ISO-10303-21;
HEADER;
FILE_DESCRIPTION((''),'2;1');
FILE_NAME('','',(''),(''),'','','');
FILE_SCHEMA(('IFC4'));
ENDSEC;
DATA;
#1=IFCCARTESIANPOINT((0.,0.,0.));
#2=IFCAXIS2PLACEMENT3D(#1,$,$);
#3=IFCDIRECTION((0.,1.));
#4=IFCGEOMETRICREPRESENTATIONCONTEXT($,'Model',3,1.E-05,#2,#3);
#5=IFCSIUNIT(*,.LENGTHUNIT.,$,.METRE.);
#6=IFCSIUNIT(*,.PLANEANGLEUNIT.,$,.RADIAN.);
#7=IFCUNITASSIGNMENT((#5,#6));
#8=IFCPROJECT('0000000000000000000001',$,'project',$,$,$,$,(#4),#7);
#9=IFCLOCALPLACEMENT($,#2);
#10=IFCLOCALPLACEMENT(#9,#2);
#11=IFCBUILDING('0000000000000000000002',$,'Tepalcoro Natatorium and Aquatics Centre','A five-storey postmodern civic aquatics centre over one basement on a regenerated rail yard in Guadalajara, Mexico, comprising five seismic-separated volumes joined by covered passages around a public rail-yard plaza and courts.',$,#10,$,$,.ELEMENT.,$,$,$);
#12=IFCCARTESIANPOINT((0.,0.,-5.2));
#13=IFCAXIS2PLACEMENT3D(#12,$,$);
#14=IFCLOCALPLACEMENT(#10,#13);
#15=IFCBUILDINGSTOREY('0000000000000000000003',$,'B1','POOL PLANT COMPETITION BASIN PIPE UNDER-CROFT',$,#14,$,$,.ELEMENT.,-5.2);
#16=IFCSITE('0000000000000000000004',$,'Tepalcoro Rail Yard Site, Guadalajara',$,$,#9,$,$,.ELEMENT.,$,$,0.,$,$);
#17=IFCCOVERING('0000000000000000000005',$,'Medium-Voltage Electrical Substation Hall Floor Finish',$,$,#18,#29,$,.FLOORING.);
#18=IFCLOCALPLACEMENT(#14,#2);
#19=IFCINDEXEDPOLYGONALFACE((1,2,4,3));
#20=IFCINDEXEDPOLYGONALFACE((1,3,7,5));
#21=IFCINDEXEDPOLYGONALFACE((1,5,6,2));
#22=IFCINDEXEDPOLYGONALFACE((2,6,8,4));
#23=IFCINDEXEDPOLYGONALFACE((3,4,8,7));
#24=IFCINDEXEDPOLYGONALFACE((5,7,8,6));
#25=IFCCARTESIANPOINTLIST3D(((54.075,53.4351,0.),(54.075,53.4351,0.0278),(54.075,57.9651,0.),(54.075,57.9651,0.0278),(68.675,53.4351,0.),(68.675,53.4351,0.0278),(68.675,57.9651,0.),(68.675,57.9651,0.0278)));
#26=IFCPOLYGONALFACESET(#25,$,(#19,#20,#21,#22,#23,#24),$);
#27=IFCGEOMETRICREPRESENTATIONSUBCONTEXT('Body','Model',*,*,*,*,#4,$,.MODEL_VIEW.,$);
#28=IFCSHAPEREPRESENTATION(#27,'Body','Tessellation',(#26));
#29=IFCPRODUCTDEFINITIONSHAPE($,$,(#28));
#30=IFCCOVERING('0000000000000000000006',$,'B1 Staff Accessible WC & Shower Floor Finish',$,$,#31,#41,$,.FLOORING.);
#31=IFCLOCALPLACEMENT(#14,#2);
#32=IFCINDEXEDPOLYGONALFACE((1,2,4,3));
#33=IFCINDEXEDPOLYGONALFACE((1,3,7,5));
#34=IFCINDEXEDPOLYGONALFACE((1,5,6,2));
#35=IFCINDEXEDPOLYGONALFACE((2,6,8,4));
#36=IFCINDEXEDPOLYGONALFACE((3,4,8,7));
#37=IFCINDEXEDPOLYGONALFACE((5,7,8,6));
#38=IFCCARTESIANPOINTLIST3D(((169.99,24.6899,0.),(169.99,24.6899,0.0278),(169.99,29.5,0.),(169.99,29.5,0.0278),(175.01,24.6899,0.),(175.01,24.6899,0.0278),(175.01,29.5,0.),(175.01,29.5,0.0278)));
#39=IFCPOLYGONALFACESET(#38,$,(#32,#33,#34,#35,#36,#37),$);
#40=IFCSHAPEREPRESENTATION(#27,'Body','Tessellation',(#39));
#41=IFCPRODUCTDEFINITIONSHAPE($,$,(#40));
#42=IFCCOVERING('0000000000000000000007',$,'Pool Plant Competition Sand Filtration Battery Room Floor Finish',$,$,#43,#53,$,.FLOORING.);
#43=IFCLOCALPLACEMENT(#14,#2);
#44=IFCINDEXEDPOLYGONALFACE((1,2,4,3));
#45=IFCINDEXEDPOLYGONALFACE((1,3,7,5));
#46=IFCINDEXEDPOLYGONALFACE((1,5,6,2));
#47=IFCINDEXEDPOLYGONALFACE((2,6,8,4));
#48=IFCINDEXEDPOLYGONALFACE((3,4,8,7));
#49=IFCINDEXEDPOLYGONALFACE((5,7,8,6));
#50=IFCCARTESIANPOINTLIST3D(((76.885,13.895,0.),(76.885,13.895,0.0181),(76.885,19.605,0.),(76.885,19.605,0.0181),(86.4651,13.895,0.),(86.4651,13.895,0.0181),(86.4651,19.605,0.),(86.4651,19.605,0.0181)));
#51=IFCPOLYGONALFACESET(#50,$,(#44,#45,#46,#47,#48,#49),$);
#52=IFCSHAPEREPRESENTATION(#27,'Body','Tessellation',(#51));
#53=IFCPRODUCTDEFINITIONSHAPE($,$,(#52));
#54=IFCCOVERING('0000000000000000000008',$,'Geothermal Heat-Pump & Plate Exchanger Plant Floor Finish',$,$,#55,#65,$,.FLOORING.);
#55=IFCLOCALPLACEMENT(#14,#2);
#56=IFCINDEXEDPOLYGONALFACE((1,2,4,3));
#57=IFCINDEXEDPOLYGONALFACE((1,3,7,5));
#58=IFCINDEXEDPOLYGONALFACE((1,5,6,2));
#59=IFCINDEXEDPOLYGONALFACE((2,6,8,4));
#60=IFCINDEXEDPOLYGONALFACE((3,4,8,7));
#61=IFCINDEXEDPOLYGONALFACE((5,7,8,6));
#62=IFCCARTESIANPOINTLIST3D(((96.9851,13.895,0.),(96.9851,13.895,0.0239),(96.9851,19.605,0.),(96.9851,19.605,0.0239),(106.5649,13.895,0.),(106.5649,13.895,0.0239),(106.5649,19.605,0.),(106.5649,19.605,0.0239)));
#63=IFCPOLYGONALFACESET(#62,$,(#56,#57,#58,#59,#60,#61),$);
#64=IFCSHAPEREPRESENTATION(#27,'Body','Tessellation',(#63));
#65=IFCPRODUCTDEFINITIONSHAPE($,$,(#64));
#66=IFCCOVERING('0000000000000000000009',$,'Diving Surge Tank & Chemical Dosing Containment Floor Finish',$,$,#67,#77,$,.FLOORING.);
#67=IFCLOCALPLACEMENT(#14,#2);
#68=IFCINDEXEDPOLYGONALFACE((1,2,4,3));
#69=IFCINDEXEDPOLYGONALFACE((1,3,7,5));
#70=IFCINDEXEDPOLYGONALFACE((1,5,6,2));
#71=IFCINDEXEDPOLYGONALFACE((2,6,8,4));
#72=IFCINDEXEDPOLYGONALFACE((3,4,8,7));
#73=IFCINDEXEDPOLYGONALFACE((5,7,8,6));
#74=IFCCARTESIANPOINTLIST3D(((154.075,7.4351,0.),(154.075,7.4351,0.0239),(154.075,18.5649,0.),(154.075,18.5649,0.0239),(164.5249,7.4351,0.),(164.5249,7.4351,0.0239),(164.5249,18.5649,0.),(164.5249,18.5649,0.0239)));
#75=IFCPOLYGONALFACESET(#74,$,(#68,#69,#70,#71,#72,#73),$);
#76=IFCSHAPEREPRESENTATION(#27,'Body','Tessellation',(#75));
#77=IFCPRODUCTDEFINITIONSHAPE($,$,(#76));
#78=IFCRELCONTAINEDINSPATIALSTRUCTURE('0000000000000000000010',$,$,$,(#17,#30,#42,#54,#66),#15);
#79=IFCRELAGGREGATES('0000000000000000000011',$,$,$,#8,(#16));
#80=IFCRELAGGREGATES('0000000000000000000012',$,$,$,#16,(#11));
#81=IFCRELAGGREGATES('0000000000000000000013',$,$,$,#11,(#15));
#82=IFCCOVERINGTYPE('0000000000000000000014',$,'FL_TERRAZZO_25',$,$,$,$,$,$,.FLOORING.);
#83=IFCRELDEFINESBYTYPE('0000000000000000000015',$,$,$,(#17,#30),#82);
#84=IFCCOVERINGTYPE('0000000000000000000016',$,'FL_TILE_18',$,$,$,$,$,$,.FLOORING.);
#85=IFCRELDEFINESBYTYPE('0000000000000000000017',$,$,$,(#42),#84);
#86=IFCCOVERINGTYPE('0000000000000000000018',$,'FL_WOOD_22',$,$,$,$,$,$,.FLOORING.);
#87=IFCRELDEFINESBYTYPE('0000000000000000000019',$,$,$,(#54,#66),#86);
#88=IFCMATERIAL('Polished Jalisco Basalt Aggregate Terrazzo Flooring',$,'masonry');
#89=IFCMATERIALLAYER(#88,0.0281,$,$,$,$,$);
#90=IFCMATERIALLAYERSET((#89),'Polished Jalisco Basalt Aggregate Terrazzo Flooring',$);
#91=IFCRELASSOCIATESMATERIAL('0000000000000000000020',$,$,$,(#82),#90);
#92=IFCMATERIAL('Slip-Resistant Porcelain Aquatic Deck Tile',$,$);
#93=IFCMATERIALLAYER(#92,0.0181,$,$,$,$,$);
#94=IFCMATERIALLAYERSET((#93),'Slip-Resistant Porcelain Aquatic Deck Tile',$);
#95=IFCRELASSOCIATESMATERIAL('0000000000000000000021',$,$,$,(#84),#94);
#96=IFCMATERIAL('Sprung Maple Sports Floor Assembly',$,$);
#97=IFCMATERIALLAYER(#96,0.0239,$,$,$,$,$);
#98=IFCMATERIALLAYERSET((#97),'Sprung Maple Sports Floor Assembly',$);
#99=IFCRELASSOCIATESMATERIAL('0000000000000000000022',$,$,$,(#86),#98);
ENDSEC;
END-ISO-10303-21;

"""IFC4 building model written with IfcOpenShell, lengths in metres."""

from ifc_helpers import new_model, si_unit, direction, frame, origin, place, context, subcontext, project, spatial, polyline, outline, extrude, material, layer, layer_set, type_object, element, save


model = new_model("IFC4")

# Units and contexts
model_context = context("Model", 3, precision=1e-05, world=origin(), true_north=direction((0.0, 1.0)))
body_context = subcontext(model_context, "Body", "Model", "MODEL_VIEW")
ifc_project = project(units=[si_unit("LENGTHUNIT", "METRE"), si_unit("PLANEANGLEUNIT", "RADIAN")], contexts=[model_context])

# Site, building, storey
site_placement = place(None, origin())
site = spatial("IfcSite", under=ifc_project, at=site_placement, Name="Tepalcoro Rail Yard Site, Guadalajara", CompositionType="ELEMENT", RefElevation=0.0)
building_placement = place(site_placement, origin())
building = spatial("IfcBuilding", under=site, at=building_placement, Name="Tepalcoro Natatorium and Aquatics Centre", Description="A five-storey postmodern civic aquatics centre over one basement on a regenerated rail yard in Guadalajara, Mexico, comprising five seismic-separated volumes joined by covered passages around a public rail-yard plaza and courts.", CompositionType="ELEMENT")
storey_placement = place(building_placement, frame((0.0, 0.0, -5.2)))
storey = spatial("IfcBuildingStorey", under=building, at=storey_placement, Name="B1", Description="POOL PLANT COMPETITION BASIN PIPE UNDER-CROFT", CompositionType="ELEMENT", Elevation=-5.2)

# Coverings
ifc_material_1 = material(Name="Slip-Resistant Porcelain Aquatic Deck Tile")
ifc_material_2 = material(Name="Polished Jalisco Basalt Aggregate Terrazzo Flooring", Category="masonry")
ifc_layer_1 = layer(ifc_material_2, 0.0281)
ifc_layer_set_1 = layer_set([ifc_layer_1], Name="Polished Jalisco Basalt Aggregate Terrazzo Flooring")
covering_type_1 = type_object("IfcCoveringType", Name="FL_TERRAZZO_25", PredefinedType="FLOORING", material=ifc_layer_set_1)
covering_1_placement = place(storey_placement, origin())
element("IfcCovering", 1, at=covering_1_placement, inside=storey, type_object=covering_type_1, Name="Medium-Voltage Electrical Substation Hall Floor Finish", PredefinedType="FLOORING", context=body_context, shape_type="SweptSolid", body=[
    extrude(outline(polyline([(54.075, 53.4351), (54.075, 57.9651), (68.675, 57.9651), (68.675, 53.4351), (54.075, 53.4351)])), origin(), (0.0, 0.0, 1.0), 0.0278),
])
covering_2_placement = place(storey_placement, origin())
element("IfcCovering", 2, at=covering_2_placement, inside=storey, type_object=covering_type_1, Name="B1 Staff Accessible WC & Shower Floor Finish", PredefinedType="FLOORING", context=body_context, shape_type="SweptSolid", body=[
    extrude(outline(polyline([(175.01, 24.6899), (169.99, 24.6899), (169.99, 29.5), (175.01, 29.5), (175.01, 24.6899)])), origin(), (0.0, 0.0, 1.0), 0.0278),
])
ifc_layer_2 = layer(ifc_material_1, 0.0181)
ifc_layer_set_2 = layer_set([ifc_layer_2], Name="Slip-Resistant Porcelain Aquatic Deck Tile")
covering_type_2 = type_object("IfcCoveringType", Name="FL_TILE_18", PredefinedType="FLOORING", material=ifc_layer_set_2)
covering_3_placement = place(storey_placement, origin())
element("IfcCovering", 3, at=covering_3_placement, inside=storey, type_object=covering_type_2, Name="Pool Plant Competition Sand Filtration Battery Room Floor Finish", PredefinedType="FLOORING", context=body_context, shape_type="SweptSolid", body=[
    extrude(outline(polyline([(76.885, 13.895), (76.885, 19.605), (86.4651, 19.605), (86.4651, 13.895), (76.885, 13.895)])), origin(), (0.0, 0.0, 1.0), 0.0181),
])
ifc_material_3 = material(Name="Sprung Maple Sports Floor Assembly")
ifc_layer_3 = layer(ifc_material_3, 0.0239)
ifc_layer_set_3 = layer_set([ifc_layer_3], Name="Sprung Maple Sports Floor Assembly")
covering_type_3 = type_object("IfcCoveringType", Name="FL_WOOD_22", PredefinedType="FLOORING", material=ifc_layer_set_3)
covering_4_placement = place(storey_placement, origin())
element("IfcCovering", 4, at=covering_4_placement, inside=storey, type_object=covering_type_3, Name="Geothermal Heat-Pump & Plate Exchanger Plant Floor Finish", PredefinedType="FLOORING", context=body_context, shape_type="SweptSolid", body=[
    extrude(outline(polyline([(96.9851, 13.895), (96.9851, 19.605), (106.5649, 19.605), (106.5649, 13.895), (96.9851, 13.895)])), origin(), (0.0, 0.0, 1.0), 0.0239),
])
covering_5_placement = place(storey_placement, origin())
element("IfcCovering", 5, at=covering_5_placement, inside=storey, type_object=covering_type_3, Name="Diving Surge Tank & Chemical Dosing Containment Floor Finish", PredefinedType="FLOORING", context=body_context, shape_type="SweptSolid", body=[
    extrude(outline(polyline([(154.075, 7.4351), (154.075, 18.5649), (164.5249, 18.5649), (164.5249, 7.4351), (154.075, 7.4351)])), origin(), (0.0, 0.0, 1.0), 0.0239),
])

save(model, "model.ifc")
